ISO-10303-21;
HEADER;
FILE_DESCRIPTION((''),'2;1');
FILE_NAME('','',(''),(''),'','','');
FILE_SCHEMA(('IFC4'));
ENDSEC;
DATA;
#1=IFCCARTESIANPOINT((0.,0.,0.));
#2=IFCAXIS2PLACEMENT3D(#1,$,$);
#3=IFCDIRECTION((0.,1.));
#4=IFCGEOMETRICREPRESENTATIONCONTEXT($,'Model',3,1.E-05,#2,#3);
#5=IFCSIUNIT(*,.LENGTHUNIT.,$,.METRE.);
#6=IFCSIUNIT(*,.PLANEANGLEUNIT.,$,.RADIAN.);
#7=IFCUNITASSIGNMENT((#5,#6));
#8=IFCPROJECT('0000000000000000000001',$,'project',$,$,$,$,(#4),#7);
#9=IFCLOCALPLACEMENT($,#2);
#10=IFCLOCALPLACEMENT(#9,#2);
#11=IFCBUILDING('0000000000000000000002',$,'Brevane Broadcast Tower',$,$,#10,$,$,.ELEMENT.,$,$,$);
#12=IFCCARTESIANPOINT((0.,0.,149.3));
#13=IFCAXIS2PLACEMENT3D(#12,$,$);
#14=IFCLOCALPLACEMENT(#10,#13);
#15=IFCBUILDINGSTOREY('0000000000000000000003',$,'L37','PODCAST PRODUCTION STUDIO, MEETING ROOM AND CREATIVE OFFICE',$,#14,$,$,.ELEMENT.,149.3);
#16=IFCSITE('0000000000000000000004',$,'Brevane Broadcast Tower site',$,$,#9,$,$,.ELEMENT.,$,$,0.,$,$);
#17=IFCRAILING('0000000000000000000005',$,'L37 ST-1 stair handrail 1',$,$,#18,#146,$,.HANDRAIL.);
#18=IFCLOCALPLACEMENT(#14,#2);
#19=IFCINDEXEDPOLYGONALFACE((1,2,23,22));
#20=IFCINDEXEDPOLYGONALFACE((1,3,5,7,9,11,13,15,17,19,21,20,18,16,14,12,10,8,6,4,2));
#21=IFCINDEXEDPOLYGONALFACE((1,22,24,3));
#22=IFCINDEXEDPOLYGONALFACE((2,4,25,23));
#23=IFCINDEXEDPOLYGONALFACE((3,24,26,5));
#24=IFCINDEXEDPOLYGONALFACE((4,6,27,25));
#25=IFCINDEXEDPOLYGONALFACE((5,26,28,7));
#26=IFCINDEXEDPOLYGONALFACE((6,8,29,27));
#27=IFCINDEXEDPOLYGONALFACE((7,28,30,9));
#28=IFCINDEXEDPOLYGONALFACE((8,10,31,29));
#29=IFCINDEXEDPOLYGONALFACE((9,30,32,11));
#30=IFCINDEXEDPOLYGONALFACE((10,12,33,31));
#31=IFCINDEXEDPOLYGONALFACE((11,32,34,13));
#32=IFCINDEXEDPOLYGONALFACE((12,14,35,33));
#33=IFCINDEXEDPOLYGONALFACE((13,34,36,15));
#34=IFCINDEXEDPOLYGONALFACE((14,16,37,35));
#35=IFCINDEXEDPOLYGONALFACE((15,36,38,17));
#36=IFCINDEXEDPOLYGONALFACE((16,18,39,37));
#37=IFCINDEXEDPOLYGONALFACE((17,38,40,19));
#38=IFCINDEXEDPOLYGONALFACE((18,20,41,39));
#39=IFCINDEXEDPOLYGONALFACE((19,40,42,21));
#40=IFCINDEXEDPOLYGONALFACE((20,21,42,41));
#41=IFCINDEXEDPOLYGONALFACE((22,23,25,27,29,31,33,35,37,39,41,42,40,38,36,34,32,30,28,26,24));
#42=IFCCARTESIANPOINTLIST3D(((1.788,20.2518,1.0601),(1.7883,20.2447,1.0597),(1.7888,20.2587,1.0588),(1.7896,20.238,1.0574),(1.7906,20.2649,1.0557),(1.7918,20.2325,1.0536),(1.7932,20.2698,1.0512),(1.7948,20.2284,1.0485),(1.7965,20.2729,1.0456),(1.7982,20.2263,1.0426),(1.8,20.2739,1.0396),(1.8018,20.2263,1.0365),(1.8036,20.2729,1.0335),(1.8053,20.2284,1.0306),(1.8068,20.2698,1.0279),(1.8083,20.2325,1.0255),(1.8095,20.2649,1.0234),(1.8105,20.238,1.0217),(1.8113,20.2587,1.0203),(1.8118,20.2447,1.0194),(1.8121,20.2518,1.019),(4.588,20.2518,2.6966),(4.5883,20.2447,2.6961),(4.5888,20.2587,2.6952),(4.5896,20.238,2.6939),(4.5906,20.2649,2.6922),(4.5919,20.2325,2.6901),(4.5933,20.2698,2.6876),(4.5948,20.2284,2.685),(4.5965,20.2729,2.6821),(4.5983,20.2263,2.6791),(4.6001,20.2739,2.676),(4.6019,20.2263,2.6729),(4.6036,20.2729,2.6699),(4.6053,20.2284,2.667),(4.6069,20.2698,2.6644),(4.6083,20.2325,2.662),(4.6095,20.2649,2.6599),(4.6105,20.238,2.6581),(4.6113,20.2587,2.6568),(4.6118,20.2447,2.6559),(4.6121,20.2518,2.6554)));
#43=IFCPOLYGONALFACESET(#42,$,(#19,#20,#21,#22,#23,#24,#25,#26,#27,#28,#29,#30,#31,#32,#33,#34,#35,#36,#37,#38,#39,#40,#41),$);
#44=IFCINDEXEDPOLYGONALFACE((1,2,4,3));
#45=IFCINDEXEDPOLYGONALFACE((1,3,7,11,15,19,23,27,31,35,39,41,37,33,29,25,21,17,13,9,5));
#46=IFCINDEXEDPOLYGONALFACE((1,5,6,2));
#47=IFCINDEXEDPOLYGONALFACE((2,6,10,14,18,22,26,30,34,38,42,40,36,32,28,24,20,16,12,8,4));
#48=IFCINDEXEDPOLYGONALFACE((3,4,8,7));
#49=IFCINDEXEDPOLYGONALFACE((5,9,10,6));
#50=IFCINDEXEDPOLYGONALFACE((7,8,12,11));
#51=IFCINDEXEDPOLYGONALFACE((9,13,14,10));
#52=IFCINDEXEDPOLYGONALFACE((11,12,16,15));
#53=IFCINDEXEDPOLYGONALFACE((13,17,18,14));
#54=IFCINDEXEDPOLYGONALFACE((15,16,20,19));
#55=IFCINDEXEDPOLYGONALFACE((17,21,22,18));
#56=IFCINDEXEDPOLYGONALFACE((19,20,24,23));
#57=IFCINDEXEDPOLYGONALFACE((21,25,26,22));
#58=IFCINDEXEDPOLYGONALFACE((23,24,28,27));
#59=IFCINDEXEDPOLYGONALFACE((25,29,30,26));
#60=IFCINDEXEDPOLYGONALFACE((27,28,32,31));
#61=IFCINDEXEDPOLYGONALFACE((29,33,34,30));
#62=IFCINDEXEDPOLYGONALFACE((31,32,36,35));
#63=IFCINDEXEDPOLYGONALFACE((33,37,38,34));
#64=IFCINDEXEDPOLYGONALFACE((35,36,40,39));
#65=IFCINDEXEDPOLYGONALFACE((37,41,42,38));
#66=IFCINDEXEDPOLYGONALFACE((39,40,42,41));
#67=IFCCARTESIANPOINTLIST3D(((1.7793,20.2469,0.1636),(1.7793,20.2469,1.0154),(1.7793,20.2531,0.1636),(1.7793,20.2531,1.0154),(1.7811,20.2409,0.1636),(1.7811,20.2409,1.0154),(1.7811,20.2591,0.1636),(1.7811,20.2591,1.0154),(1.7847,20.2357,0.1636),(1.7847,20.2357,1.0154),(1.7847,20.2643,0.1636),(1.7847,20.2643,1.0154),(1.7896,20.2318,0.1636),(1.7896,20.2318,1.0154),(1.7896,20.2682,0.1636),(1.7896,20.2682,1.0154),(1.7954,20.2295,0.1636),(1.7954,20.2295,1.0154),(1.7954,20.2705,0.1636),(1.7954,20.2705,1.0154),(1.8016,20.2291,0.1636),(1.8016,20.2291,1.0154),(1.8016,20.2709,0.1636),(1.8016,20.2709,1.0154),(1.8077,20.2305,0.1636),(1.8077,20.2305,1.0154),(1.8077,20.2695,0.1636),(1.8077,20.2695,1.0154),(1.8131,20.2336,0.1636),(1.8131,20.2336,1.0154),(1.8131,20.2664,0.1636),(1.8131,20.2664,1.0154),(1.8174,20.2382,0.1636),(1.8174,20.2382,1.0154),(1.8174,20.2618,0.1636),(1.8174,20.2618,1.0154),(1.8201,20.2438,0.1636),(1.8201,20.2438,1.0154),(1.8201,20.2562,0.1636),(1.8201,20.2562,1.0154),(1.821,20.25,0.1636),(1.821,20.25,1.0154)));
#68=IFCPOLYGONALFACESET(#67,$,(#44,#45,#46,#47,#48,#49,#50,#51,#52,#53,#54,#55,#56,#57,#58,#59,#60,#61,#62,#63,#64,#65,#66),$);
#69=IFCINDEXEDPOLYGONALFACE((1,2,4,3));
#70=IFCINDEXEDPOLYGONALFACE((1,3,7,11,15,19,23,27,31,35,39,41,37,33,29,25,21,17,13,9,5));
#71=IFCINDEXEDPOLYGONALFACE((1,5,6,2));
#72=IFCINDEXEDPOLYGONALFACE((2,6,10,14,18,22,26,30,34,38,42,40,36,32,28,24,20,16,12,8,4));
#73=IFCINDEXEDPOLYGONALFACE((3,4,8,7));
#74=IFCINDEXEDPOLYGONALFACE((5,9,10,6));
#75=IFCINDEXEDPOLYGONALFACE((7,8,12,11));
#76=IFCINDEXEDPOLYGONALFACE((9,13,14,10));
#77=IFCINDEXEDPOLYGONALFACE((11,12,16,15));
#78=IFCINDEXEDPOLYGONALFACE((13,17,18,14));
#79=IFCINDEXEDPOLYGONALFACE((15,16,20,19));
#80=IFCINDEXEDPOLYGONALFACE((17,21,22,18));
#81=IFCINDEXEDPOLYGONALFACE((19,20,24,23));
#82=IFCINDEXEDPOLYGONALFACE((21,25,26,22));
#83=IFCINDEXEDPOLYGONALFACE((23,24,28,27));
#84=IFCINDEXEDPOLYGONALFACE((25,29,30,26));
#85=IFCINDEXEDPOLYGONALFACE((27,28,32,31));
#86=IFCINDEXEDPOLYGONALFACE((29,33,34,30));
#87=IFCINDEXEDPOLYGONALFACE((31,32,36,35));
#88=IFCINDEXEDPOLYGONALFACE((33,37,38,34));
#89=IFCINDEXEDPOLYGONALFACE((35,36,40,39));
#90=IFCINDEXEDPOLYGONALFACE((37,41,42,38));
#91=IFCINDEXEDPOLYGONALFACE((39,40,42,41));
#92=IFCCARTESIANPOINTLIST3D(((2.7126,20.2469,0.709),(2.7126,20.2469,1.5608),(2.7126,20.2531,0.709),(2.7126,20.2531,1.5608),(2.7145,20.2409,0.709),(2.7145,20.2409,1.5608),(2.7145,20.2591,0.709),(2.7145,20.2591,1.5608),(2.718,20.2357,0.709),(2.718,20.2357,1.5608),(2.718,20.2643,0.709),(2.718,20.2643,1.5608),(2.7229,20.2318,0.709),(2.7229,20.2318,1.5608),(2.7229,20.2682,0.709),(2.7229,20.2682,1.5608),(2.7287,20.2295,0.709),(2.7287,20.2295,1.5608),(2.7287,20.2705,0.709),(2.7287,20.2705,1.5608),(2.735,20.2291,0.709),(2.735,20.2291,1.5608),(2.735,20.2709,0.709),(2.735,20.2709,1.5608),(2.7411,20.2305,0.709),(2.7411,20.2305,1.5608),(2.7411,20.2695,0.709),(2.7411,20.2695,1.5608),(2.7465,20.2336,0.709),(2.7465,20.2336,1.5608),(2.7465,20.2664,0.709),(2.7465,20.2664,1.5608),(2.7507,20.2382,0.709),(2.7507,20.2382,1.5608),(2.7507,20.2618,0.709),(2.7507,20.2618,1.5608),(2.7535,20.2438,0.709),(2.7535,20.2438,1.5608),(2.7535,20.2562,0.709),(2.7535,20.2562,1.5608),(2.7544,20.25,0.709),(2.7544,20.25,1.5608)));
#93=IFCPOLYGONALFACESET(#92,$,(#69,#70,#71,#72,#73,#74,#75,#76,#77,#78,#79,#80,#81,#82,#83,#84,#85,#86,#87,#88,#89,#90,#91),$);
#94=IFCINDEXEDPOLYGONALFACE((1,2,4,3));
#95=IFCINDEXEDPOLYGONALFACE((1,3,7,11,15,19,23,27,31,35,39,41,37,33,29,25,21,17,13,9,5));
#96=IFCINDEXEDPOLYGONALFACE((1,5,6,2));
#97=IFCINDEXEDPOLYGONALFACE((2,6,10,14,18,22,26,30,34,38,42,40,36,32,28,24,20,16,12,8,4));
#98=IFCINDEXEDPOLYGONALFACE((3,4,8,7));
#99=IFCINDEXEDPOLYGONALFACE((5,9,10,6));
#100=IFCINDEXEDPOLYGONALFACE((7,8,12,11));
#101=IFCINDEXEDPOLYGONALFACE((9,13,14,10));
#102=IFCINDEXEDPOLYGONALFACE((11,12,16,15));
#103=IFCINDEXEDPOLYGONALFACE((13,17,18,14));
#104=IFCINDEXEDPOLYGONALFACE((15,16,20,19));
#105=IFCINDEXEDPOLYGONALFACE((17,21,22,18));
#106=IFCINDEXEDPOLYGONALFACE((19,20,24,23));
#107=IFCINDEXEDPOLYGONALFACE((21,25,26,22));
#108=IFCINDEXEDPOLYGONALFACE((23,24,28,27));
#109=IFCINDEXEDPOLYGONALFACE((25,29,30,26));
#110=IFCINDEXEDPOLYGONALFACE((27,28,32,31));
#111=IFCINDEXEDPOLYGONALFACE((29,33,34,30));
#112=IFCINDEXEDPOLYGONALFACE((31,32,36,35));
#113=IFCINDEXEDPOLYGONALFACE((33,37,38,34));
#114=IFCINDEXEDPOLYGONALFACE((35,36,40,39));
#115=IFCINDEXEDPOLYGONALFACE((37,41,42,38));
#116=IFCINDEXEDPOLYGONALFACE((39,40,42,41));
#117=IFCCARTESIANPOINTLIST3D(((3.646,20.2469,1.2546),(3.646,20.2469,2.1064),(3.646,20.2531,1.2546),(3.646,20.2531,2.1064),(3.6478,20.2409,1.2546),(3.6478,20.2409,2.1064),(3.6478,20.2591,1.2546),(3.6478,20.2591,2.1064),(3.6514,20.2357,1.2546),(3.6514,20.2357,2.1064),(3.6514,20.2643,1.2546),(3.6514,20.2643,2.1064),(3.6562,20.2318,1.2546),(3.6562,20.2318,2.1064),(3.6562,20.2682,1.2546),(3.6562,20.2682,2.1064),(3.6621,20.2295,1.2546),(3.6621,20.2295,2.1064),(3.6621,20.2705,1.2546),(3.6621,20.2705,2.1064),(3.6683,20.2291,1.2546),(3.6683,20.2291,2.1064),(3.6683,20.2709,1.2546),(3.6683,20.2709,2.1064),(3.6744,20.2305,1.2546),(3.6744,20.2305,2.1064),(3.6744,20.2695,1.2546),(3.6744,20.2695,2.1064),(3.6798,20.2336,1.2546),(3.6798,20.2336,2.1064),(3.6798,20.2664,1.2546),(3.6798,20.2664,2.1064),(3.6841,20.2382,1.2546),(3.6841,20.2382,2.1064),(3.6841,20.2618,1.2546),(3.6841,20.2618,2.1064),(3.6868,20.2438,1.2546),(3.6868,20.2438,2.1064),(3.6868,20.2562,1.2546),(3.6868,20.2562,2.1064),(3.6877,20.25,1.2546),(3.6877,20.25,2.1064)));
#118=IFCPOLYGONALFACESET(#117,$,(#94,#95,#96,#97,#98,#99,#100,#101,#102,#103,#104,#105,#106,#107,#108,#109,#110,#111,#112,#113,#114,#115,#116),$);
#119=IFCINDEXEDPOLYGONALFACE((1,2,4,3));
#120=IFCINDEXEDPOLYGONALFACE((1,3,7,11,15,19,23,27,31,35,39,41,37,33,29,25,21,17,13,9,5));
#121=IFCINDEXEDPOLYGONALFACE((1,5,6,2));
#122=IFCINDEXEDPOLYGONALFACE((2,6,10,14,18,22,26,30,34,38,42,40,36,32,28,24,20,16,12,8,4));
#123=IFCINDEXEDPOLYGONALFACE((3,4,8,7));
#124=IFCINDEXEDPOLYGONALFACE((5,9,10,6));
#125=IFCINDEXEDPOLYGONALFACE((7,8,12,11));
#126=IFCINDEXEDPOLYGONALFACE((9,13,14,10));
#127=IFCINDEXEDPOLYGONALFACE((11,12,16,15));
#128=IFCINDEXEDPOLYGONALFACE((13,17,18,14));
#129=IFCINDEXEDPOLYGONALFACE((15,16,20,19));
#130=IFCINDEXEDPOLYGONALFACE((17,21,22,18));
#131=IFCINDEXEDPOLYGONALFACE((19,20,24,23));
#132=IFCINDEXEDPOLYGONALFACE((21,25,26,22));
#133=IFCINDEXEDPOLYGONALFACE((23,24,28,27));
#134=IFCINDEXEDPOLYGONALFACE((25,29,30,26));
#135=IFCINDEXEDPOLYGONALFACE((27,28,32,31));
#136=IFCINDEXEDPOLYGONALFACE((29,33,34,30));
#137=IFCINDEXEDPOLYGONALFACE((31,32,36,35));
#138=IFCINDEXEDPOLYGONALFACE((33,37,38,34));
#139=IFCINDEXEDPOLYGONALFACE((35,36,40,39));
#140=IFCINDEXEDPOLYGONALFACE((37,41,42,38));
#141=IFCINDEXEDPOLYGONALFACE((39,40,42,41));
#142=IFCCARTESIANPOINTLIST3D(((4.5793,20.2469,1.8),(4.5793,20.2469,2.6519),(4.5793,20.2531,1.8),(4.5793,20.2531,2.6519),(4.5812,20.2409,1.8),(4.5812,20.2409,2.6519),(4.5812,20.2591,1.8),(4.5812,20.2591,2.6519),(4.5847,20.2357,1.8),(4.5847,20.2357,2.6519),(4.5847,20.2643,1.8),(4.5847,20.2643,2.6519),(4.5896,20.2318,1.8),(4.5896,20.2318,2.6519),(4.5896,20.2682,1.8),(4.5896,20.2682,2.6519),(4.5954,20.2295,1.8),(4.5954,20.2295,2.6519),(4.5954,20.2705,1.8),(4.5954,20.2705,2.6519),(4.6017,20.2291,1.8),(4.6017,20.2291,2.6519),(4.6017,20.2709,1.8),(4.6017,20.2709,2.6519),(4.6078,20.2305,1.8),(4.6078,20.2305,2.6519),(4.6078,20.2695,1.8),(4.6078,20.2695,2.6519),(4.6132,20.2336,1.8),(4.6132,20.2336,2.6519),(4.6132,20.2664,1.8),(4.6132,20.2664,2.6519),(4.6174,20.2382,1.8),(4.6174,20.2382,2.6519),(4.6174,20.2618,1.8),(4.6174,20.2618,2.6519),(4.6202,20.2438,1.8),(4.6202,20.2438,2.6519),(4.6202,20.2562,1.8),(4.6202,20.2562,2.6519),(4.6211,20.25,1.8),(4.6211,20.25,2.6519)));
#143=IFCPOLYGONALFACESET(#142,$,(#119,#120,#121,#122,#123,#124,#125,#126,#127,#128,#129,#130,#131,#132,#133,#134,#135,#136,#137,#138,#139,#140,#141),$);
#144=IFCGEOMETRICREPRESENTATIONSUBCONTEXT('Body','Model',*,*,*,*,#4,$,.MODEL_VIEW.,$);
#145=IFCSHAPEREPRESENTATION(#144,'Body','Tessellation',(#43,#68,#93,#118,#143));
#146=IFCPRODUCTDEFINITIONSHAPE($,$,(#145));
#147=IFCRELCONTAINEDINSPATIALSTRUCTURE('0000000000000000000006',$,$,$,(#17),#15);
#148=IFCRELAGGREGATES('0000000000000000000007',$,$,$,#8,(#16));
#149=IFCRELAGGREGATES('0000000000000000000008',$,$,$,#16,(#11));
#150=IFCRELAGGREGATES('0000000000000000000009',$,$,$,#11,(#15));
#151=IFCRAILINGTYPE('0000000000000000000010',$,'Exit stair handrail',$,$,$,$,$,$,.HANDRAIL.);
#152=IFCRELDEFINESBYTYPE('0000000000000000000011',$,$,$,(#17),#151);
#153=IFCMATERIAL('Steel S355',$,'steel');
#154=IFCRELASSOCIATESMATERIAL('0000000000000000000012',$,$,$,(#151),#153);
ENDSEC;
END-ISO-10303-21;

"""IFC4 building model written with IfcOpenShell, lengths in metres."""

from ifc_helpers import new_model, si_unit, direction, frame, origin, origin_2d, place, context, subcontext, project, spatial, circle, extrude, material, type_object, element, save


model = new_model("IFC4")

# Units and contexts
model_context = context("Model", 3, precision=1e-05, world=origin(), true_north=direction((0.0, 1.0)))
body_context = subcontext(model_context, "Body", "Model", "MODEL_VIEW")
ifc_project = project(units=[si_unit("LENGTHUNIT", "METRE"), si_unit("PLANEANGLEUNIT", "RADIAN")], contexts=[model_context])

# Site, building, storey
site_placement = place(None, origin())
site = spatial("IfcSite", under=ifc_project, at=site_placement, Name="Brevane Broadcast Tower site", CompositionType="ELEMENT", RefElevation=0.0)
building_placement = place(site_placement, origin())
building = spatial("IfcBuilding", under=site, at=building_placement, Name="Brevane Broadcast Tower", CompositionType="ELEMENT")
storey_placement = place(building_placement, frame((0.0, 0.0, 149.3)))
storey = spatial("IfcBuildingStorey", under=building, at=storey_placement, Name="L37", Description="PODCAST PRODUCTION STUDIO, MEETING ROOM AND CREATIVE OFFICE", CompositionType="ELEMENT", Elevation=149.3)

# Railing
ifc_material_1 = material(Name="Steel S355", Category="steel")
railing_type_1 = type_object("IfcRailingType", Name="Exit stair handrail", PredefinedType="HANDRAIL", material=ifc_material_1)
railing_1_placement = place(storey_placement, frame((1.8, 20.25, 0.1636)))
element("IfcRailing", 1, at=railing_1_placement, inside=storey, type_object=railing_type_1, Name="L37 ST-1 stair handrail 1", PredefinedType="HANDRAIL", context=body_context, shape_type="SweptSolid", body=[
    extrude(circle(Radius=0.0239, at=origin_2d()), frame((0.0, 0.0, 0.876), z_axis=(0.863361, 0.0, 0.504587), x_axis=(0.0, 1.0, 0.0)), (0.0, 0.0, 1.0), 3.2432),
    extrude(circle(Radius=0.021, at=origin_2d()), origin(), (0.0, 0.0, 1.0), 0.8518),
    extrude(circle(Radius=0.021, at=origin_2d()), frame((0.9333, 0.0, 0.5454)), (0.0, 0.0, 1.0), 0.8518),
    extrude(circle(Radius=0.021, at=origin_2d()), frame((1.8667, 0.0, 1.0911)), (0.0, 0.0, 1.0), 0.8518),
    extrude(circle(Radius=0.021, at=origin_2d()), frame((2.8, 0.0, 1.6365)), (0.0, 0.0, 1.0), 0.8518),
])

save(model, "model.ifc")
